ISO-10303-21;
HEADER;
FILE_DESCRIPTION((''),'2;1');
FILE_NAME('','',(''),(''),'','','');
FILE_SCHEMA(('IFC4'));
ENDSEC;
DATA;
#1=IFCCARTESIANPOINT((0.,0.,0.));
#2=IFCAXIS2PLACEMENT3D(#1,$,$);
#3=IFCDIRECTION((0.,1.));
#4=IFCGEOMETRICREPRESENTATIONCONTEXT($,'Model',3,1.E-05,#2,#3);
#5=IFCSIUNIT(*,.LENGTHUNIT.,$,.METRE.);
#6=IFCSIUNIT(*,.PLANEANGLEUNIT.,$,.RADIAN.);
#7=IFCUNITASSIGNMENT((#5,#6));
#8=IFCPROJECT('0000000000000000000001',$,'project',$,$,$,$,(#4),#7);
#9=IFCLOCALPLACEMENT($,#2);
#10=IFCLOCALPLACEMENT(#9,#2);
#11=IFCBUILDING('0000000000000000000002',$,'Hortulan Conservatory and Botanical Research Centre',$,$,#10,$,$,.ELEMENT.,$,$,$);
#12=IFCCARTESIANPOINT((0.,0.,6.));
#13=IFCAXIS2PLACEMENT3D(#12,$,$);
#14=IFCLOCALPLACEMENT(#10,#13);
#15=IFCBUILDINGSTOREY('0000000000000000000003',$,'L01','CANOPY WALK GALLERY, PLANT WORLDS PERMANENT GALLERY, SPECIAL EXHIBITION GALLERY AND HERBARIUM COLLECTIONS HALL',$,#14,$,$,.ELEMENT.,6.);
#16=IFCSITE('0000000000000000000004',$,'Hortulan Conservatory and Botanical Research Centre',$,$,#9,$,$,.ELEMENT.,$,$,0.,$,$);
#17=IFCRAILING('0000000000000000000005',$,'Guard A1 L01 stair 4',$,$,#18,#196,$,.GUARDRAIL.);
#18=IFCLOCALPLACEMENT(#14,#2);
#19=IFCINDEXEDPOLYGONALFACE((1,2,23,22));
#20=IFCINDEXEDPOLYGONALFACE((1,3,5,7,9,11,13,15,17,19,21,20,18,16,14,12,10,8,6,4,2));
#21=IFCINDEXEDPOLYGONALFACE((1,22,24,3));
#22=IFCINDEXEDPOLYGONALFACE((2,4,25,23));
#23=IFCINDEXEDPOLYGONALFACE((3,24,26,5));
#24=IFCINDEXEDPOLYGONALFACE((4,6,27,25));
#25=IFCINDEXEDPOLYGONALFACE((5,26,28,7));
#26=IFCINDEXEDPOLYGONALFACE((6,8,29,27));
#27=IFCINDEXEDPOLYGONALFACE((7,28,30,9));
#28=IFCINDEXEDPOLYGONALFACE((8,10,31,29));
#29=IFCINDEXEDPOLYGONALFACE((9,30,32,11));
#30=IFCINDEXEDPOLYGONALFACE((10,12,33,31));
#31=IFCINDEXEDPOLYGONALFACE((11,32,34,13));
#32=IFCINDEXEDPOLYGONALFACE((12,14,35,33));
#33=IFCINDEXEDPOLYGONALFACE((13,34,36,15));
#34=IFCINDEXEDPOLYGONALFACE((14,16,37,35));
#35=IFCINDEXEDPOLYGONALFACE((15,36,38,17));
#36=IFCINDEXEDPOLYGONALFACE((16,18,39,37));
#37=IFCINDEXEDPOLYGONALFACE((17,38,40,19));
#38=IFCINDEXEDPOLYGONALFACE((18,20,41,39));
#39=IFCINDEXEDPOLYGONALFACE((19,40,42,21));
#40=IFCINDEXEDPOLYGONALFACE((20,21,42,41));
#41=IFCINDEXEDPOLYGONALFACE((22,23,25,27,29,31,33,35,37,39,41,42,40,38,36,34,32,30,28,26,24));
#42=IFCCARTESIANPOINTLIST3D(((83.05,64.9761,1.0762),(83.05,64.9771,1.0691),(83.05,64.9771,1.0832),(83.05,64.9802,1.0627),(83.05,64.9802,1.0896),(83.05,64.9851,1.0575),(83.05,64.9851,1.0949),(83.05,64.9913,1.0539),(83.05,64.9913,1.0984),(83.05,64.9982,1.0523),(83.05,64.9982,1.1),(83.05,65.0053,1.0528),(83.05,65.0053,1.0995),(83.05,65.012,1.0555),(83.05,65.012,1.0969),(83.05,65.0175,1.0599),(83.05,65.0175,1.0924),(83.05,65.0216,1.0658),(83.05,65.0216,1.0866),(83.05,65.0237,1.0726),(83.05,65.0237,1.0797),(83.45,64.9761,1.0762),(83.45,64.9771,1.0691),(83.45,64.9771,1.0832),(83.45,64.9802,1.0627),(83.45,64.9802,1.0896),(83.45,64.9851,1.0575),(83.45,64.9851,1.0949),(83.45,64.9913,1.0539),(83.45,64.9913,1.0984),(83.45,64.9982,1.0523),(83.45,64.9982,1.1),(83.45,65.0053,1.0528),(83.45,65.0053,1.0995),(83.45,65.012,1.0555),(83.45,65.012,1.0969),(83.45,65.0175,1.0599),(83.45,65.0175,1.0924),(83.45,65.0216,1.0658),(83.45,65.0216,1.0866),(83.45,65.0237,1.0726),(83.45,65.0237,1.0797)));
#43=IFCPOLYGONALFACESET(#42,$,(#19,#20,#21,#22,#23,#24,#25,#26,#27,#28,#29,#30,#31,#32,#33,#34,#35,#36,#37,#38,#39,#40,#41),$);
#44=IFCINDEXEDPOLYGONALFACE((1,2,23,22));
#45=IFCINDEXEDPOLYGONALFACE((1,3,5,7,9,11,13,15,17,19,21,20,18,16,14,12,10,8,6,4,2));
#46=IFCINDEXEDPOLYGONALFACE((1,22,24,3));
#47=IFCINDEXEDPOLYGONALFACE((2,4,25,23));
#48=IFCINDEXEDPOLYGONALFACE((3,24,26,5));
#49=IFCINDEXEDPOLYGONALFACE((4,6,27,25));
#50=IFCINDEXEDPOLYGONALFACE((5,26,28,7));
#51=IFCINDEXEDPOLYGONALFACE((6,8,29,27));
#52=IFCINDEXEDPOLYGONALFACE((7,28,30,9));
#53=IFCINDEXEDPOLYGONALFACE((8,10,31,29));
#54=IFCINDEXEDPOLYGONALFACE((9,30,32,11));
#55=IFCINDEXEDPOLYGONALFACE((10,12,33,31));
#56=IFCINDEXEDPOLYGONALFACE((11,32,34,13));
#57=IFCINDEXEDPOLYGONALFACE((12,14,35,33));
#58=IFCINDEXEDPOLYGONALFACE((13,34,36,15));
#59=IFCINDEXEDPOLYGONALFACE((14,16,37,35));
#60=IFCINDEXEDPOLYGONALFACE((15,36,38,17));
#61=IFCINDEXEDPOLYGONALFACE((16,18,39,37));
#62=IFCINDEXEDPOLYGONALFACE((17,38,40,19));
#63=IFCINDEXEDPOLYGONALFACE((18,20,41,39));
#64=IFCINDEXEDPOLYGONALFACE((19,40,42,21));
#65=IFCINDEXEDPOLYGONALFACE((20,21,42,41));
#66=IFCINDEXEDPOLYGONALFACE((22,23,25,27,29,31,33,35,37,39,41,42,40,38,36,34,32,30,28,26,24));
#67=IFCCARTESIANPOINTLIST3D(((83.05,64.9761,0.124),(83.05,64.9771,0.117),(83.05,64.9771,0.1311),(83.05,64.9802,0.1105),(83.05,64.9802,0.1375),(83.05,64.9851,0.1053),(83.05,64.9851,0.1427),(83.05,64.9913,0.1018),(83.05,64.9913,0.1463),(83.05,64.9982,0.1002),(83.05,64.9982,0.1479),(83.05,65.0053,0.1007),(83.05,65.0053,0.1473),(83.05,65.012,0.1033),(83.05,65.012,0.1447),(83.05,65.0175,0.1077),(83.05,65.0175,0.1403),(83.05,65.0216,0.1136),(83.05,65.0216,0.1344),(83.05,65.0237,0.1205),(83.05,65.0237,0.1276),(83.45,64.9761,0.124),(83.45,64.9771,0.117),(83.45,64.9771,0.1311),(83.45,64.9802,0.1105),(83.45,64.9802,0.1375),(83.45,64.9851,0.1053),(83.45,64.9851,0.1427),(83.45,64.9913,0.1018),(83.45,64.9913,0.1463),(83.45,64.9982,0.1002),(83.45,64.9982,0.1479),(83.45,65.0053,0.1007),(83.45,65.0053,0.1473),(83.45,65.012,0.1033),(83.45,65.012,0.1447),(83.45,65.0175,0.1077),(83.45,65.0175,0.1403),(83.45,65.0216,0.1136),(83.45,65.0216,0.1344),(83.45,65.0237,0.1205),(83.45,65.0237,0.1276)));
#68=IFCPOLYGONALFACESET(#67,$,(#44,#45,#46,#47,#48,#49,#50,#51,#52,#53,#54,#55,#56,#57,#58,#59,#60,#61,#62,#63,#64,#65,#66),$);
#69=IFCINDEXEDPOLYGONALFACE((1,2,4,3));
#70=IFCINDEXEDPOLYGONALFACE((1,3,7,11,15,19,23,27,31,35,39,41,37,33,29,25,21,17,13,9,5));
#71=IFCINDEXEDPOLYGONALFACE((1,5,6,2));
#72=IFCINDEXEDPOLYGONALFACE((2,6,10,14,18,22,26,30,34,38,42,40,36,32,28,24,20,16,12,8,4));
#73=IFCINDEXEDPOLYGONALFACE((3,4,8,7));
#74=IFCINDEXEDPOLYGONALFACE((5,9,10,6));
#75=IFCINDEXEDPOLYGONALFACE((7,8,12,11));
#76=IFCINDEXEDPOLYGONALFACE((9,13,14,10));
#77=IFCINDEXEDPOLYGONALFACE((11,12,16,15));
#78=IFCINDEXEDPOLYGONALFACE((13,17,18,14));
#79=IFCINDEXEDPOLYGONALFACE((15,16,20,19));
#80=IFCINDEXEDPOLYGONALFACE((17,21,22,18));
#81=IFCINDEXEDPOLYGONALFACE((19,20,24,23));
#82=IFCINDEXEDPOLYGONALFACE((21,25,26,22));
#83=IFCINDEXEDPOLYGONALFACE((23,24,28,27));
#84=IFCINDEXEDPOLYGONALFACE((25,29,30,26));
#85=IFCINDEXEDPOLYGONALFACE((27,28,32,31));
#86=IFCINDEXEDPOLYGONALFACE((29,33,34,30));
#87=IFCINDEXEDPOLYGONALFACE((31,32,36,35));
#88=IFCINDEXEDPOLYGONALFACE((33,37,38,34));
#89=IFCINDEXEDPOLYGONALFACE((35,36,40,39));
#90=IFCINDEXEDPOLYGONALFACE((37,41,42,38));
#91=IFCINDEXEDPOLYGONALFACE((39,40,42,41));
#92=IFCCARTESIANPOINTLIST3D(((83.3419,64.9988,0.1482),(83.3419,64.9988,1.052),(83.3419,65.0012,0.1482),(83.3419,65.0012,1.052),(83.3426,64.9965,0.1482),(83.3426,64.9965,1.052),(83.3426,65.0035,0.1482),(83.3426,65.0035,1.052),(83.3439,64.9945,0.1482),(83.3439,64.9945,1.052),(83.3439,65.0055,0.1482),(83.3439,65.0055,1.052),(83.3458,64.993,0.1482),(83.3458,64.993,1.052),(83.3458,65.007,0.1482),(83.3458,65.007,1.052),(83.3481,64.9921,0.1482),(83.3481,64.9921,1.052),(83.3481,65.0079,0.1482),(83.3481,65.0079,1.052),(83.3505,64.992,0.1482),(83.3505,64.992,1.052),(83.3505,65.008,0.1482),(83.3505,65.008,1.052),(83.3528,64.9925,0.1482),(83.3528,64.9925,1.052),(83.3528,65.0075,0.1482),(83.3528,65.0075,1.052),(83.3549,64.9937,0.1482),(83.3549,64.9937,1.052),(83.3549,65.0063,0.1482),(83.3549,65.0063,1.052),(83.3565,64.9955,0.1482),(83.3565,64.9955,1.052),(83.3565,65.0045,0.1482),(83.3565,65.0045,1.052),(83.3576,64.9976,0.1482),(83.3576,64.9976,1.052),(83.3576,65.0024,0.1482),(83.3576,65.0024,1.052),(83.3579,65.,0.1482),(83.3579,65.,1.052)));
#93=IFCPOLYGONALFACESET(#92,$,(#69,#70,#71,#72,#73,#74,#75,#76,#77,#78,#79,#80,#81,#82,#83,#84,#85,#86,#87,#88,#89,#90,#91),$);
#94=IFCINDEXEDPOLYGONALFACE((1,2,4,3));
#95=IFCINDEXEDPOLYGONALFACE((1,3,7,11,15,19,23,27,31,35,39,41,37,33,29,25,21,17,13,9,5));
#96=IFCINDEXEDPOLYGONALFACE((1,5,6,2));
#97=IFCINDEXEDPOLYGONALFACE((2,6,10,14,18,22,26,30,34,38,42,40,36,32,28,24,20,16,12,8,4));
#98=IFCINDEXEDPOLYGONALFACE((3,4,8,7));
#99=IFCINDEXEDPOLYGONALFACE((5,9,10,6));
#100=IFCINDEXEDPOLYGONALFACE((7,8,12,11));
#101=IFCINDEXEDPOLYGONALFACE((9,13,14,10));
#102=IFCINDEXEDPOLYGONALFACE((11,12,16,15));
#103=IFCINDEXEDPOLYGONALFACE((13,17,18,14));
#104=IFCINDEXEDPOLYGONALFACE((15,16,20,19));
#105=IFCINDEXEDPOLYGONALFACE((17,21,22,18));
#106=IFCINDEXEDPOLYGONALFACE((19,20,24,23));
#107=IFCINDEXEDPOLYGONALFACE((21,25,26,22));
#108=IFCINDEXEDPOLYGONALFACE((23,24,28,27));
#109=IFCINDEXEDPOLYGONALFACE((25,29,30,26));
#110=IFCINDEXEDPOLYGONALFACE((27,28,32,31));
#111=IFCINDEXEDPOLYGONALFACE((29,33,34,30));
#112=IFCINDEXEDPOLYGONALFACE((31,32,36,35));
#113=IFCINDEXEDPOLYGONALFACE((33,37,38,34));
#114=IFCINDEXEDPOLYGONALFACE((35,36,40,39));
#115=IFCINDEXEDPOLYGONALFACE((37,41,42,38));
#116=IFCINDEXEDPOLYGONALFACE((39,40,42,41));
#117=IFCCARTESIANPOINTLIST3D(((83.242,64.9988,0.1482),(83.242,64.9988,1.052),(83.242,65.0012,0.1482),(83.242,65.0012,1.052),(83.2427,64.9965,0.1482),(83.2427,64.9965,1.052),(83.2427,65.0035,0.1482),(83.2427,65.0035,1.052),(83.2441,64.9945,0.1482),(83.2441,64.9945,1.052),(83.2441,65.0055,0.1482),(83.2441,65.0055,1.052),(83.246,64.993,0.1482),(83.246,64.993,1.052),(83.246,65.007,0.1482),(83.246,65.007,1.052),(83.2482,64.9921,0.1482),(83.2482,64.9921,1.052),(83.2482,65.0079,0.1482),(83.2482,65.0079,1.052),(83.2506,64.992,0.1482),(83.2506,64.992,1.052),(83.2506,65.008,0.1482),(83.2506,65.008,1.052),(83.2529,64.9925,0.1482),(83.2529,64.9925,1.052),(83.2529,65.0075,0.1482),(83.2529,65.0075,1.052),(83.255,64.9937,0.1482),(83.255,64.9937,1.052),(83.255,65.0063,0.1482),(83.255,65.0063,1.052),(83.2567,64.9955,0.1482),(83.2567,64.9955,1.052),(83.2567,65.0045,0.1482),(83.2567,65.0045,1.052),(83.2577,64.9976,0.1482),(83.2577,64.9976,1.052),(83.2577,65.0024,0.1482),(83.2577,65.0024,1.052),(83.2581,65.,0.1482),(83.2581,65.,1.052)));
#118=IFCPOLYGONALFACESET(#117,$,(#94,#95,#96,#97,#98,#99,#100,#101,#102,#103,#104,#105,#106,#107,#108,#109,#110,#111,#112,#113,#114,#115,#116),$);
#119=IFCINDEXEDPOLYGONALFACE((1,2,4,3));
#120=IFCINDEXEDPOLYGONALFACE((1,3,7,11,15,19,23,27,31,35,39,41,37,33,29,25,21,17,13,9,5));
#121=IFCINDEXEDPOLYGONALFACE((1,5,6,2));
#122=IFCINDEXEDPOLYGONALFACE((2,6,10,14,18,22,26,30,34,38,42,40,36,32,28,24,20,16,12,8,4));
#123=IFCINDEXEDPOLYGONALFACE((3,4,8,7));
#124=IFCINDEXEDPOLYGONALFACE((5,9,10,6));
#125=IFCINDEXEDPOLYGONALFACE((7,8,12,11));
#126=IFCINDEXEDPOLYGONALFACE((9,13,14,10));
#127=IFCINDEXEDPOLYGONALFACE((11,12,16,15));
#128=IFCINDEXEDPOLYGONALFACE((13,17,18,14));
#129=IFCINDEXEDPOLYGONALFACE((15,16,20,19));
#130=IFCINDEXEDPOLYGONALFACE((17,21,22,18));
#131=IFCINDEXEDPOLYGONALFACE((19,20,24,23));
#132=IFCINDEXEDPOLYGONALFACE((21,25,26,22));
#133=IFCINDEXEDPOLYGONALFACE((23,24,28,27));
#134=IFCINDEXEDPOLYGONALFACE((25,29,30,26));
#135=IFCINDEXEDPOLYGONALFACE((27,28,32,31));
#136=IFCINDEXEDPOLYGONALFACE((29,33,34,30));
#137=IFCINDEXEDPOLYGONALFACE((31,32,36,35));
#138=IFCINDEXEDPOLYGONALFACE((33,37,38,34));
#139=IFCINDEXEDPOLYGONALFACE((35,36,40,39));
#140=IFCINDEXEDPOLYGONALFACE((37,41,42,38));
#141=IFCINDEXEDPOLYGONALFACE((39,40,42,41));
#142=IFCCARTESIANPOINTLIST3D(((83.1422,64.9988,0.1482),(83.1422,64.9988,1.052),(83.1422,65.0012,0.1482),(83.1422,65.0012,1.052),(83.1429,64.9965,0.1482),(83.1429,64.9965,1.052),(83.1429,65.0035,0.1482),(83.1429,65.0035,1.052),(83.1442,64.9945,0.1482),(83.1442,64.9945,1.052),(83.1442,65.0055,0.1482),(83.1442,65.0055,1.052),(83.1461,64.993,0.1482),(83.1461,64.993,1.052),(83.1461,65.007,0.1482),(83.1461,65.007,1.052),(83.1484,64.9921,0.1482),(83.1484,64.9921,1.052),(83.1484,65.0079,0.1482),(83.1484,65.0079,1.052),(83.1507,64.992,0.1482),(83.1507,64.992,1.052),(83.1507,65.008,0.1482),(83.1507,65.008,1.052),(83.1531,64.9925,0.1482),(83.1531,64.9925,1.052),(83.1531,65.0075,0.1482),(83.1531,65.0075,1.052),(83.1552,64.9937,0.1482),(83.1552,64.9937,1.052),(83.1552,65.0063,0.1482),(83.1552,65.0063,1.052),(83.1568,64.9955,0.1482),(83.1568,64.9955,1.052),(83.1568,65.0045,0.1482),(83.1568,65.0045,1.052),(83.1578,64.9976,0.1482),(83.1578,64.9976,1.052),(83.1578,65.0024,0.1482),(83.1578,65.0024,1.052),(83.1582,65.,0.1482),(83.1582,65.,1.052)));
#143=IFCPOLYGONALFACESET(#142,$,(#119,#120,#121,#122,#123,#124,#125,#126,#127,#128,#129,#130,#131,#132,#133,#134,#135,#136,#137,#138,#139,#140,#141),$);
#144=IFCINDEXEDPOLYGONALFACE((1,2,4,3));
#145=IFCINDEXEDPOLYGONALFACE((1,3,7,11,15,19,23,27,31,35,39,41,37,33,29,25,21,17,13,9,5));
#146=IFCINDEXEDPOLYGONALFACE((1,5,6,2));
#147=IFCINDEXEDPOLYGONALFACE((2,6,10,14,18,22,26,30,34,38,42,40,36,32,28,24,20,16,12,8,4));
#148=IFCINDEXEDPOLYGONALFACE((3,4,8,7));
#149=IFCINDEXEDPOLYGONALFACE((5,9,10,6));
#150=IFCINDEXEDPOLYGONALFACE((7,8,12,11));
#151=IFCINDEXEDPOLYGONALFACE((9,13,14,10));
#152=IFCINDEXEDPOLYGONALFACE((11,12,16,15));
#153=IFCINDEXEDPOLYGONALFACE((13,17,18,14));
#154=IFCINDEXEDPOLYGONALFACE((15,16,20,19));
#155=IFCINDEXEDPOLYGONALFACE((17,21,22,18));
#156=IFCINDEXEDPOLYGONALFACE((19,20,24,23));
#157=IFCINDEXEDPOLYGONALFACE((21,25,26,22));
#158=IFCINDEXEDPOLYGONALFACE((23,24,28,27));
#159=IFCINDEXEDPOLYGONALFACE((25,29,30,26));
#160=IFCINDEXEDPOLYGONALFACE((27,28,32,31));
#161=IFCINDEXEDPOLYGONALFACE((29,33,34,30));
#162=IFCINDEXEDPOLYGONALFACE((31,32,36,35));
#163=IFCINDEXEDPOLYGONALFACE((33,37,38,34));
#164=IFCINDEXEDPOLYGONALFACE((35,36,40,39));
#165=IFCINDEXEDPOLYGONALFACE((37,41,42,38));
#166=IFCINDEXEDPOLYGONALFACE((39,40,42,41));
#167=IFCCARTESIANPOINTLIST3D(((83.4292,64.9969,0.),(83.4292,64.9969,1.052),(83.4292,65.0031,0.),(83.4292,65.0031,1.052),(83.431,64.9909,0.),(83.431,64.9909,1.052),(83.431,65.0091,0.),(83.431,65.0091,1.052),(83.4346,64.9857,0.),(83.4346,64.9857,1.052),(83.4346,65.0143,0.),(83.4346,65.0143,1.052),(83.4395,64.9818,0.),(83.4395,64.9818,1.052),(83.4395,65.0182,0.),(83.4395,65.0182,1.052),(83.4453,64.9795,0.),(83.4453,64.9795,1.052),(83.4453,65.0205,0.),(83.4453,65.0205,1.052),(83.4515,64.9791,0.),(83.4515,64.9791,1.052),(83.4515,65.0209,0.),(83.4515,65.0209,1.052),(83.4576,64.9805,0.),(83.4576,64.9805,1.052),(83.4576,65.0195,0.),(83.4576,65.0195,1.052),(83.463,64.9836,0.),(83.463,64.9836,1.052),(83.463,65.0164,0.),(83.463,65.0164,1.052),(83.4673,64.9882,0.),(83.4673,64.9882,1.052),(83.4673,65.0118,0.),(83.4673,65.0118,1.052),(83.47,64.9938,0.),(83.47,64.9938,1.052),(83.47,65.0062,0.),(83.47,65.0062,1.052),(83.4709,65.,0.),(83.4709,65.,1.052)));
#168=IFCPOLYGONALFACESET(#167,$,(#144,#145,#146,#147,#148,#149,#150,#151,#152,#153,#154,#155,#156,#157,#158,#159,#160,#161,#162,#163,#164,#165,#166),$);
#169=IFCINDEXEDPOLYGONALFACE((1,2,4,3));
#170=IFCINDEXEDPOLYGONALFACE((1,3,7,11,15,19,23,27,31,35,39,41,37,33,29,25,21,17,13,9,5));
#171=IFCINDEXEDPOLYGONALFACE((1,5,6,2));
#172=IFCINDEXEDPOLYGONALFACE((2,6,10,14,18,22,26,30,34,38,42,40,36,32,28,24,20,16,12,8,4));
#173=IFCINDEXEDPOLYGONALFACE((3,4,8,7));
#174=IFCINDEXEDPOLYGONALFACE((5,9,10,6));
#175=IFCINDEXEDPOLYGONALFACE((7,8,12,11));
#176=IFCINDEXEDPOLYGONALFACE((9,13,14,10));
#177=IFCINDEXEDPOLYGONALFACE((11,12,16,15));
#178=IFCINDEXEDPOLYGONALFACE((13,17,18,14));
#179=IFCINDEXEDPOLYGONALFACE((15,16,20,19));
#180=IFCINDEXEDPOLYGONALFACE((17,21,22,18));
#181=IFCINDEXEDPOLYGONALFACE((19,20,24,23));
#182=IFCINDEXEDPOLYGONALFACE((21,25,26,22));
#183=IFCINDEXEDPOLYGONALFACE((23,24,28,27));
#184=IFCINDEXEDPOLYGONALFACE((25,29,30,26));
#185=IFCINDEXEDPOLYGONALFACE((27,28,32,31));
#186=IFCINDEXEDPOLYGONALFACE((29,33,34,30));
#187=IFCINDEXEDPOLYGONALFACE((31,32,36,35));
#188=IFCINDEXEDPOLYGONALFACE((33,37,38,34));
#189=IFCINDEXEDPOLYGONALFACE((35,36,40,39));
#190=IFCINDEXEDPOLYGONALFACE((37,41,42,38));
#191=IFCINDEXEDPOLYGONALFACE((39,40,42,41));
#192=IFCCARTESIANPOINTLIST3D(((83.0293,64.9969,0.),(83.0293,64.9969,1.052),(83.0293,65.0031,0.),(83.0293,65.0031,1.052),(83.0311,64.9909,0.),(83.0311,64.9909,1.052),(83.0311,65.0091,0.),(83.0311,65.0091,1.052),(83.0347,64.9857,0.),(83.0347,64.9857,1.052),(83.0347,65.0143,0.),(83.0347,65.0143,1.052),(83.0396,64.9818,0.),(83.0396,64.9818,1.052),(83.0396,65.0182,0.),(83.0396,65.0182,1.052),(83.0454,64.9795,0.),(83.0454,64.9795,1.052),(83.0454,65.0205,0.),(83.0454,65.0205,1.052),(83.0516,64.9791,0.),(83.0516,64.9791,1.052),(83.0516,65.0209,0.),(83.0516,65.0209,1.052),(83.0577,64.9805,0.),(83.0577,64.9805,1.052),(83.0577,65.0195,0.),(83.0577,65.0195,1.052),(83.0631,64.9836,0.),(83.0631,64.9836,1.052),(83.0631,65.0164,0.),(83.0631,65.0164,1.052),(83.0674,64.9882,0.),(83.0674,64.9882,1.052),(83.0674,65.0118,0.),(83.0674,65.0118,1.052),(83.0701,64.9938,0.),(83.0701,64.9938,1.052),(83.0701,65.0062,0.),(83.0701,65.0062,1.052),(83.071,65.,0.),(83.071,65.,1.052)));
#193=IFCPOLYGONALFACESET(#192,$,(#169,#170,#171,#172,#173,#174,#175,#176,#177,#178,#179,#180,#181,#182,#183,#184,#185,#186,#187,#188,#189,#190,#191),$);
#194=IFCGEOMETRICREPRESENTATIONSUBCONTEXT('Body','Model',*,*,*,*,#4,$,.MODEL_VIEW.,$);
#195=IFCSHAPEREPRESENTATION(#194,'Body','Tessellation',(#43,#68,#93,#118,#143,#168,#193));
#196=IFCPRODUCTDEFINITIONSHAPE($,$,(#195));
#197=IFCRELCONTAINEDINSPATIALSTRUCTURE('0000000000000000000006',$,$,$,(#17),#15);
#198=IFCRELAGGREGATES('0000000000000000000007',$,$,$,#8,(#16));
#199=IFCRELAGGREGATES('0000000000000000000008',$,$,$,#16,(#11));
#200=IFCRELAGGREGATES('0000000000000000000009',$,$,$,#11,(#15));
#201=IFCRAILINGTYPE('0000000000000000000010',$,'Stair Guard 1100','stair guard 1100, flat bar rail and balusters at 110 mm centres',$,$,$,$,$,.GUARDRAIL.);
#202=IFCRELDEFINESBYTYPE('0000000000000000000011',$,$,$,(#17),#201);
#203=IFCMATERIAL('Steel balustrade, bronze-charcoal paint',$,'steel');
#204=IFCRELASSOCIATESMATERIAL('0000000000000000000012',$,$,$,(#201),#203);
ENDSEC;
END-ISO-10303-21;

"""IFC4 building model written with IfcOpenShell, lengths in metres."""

from ifc_helpers import new_model, si_unit, direction, frame, origin, origin_2d, place, context, subcontext, project, spatial, circle, extrude, material, type_object, element, save


model = new_model("IFC4")

# Units and contexts
model_context = context("Model", 3, precision=1e-05, world=origin(), true_north=direction((0.0, 1.0)))
body_context = subcontext(model_context, "Body", "Model", "MODEL_VIEW")
ifc_project = project(units=[si_unit("LENGTHUNIT", "METRE"), si_unit("PLANEANGLEUNIT", "RADIAN")], contexts=[model_context])

# Site, building, storey
site_placement = place(None, origin())
site = spatial("IfcSite", under=ifc_project, at=site_placement, Name="Hortulan Conservatory and Botanical Research Centre", CompositionType="ELEMENT", RefElevation=0.0)
building_placement = place(site_placement, origin())
building = spatial("IfcBuilding", under=site, at=building_placement, Name="Hortulan Conservatory and Botanical Research Centre", CompositionType="ELEMENT")
storey_placement = place(building_placement, frame((0.0, 0.0, 6.0)))
storey = spatial("IfcBuildingStorey", under=building, at=storey_placement, Name="L01", Description="CANOPY WALK GALLERY, PLANT WORLDS PERMANENT GALLERY, SPECIAL EXHIBITION GALLERY AND HERBARIUM COLLECTIONS HALL", CompositionType="ELEMENT", Elevation=6.0)

# Railing
ifc_material_1 = material(Name="Steel balustrade, bronze-charcoal paint", Category="steel")
railing_type_1 = type_object("IfcRailingType", Name="Stair Guard 1100", Description="stair guard 1100, flat bar rail and balusters at 110 mm centres", PredefinedType="GUARDRAIL", material=ifc_material_1)
railing_1_placement = place(storey_placement, frame((83.45, 65.0, 0.0)))
element("IfcRailing", 1, at=railing_1_placement, inside=storey, type_object=railing_type_1, Name="Guard A1 L01 stair 4", PredefinedType="GUARDRAIL", context=body_context, shape_type="SweptSolid", body=[
    extrude(circle(Radius=0.0239, at=origin_2d()), frame((0.0, 0.0, 1.0762), z_axis=(-1.0, 0.0, 0.0), x_axis=(0.0, -1.0, 0.0)), (0.0, 0.0, 1.0), 0.3999),
    extrude(circle(Radius=0.0239, at=origin_2d()), frame((0.0, 0.0, 0.124), z_axis=(-1.0, 0.0, 0.0), x_axis=(0.0, -1.0, 0.0)), (0.0, 0.0, 1.0), 0.3999),
    extrude(circle(Radius=0.0081, at=origin_2d()), frame((-0.1001, 0.0, 0.1482)), (0.0, 0.0, 1.0), 0.9038),
    extrude(circle(Radius=0.0081, at=origin_2d()), frame((-0.2, 0.0, 0.1482)), (0.0, 0.0, 1.0), 0.9038),
    extrude(circle(Radius=0.0081, at=origin_2d()), frame((-0.2998, 0.0, 0.1482)), (0.0, 0.0, 1.0), 0.9038),
    extrude(circle(Radius=0.021, at=origin_2d()), origin(), (0.0, 0.0, 1.0), 1.052),
    extrude(circle(Radius=0.021, at=origin_2d()), frame((-0.3999, 0.0, 0.0)), (0.0, 0.0, 1.0), 1.052),
])

save(model, "model.ifc")
